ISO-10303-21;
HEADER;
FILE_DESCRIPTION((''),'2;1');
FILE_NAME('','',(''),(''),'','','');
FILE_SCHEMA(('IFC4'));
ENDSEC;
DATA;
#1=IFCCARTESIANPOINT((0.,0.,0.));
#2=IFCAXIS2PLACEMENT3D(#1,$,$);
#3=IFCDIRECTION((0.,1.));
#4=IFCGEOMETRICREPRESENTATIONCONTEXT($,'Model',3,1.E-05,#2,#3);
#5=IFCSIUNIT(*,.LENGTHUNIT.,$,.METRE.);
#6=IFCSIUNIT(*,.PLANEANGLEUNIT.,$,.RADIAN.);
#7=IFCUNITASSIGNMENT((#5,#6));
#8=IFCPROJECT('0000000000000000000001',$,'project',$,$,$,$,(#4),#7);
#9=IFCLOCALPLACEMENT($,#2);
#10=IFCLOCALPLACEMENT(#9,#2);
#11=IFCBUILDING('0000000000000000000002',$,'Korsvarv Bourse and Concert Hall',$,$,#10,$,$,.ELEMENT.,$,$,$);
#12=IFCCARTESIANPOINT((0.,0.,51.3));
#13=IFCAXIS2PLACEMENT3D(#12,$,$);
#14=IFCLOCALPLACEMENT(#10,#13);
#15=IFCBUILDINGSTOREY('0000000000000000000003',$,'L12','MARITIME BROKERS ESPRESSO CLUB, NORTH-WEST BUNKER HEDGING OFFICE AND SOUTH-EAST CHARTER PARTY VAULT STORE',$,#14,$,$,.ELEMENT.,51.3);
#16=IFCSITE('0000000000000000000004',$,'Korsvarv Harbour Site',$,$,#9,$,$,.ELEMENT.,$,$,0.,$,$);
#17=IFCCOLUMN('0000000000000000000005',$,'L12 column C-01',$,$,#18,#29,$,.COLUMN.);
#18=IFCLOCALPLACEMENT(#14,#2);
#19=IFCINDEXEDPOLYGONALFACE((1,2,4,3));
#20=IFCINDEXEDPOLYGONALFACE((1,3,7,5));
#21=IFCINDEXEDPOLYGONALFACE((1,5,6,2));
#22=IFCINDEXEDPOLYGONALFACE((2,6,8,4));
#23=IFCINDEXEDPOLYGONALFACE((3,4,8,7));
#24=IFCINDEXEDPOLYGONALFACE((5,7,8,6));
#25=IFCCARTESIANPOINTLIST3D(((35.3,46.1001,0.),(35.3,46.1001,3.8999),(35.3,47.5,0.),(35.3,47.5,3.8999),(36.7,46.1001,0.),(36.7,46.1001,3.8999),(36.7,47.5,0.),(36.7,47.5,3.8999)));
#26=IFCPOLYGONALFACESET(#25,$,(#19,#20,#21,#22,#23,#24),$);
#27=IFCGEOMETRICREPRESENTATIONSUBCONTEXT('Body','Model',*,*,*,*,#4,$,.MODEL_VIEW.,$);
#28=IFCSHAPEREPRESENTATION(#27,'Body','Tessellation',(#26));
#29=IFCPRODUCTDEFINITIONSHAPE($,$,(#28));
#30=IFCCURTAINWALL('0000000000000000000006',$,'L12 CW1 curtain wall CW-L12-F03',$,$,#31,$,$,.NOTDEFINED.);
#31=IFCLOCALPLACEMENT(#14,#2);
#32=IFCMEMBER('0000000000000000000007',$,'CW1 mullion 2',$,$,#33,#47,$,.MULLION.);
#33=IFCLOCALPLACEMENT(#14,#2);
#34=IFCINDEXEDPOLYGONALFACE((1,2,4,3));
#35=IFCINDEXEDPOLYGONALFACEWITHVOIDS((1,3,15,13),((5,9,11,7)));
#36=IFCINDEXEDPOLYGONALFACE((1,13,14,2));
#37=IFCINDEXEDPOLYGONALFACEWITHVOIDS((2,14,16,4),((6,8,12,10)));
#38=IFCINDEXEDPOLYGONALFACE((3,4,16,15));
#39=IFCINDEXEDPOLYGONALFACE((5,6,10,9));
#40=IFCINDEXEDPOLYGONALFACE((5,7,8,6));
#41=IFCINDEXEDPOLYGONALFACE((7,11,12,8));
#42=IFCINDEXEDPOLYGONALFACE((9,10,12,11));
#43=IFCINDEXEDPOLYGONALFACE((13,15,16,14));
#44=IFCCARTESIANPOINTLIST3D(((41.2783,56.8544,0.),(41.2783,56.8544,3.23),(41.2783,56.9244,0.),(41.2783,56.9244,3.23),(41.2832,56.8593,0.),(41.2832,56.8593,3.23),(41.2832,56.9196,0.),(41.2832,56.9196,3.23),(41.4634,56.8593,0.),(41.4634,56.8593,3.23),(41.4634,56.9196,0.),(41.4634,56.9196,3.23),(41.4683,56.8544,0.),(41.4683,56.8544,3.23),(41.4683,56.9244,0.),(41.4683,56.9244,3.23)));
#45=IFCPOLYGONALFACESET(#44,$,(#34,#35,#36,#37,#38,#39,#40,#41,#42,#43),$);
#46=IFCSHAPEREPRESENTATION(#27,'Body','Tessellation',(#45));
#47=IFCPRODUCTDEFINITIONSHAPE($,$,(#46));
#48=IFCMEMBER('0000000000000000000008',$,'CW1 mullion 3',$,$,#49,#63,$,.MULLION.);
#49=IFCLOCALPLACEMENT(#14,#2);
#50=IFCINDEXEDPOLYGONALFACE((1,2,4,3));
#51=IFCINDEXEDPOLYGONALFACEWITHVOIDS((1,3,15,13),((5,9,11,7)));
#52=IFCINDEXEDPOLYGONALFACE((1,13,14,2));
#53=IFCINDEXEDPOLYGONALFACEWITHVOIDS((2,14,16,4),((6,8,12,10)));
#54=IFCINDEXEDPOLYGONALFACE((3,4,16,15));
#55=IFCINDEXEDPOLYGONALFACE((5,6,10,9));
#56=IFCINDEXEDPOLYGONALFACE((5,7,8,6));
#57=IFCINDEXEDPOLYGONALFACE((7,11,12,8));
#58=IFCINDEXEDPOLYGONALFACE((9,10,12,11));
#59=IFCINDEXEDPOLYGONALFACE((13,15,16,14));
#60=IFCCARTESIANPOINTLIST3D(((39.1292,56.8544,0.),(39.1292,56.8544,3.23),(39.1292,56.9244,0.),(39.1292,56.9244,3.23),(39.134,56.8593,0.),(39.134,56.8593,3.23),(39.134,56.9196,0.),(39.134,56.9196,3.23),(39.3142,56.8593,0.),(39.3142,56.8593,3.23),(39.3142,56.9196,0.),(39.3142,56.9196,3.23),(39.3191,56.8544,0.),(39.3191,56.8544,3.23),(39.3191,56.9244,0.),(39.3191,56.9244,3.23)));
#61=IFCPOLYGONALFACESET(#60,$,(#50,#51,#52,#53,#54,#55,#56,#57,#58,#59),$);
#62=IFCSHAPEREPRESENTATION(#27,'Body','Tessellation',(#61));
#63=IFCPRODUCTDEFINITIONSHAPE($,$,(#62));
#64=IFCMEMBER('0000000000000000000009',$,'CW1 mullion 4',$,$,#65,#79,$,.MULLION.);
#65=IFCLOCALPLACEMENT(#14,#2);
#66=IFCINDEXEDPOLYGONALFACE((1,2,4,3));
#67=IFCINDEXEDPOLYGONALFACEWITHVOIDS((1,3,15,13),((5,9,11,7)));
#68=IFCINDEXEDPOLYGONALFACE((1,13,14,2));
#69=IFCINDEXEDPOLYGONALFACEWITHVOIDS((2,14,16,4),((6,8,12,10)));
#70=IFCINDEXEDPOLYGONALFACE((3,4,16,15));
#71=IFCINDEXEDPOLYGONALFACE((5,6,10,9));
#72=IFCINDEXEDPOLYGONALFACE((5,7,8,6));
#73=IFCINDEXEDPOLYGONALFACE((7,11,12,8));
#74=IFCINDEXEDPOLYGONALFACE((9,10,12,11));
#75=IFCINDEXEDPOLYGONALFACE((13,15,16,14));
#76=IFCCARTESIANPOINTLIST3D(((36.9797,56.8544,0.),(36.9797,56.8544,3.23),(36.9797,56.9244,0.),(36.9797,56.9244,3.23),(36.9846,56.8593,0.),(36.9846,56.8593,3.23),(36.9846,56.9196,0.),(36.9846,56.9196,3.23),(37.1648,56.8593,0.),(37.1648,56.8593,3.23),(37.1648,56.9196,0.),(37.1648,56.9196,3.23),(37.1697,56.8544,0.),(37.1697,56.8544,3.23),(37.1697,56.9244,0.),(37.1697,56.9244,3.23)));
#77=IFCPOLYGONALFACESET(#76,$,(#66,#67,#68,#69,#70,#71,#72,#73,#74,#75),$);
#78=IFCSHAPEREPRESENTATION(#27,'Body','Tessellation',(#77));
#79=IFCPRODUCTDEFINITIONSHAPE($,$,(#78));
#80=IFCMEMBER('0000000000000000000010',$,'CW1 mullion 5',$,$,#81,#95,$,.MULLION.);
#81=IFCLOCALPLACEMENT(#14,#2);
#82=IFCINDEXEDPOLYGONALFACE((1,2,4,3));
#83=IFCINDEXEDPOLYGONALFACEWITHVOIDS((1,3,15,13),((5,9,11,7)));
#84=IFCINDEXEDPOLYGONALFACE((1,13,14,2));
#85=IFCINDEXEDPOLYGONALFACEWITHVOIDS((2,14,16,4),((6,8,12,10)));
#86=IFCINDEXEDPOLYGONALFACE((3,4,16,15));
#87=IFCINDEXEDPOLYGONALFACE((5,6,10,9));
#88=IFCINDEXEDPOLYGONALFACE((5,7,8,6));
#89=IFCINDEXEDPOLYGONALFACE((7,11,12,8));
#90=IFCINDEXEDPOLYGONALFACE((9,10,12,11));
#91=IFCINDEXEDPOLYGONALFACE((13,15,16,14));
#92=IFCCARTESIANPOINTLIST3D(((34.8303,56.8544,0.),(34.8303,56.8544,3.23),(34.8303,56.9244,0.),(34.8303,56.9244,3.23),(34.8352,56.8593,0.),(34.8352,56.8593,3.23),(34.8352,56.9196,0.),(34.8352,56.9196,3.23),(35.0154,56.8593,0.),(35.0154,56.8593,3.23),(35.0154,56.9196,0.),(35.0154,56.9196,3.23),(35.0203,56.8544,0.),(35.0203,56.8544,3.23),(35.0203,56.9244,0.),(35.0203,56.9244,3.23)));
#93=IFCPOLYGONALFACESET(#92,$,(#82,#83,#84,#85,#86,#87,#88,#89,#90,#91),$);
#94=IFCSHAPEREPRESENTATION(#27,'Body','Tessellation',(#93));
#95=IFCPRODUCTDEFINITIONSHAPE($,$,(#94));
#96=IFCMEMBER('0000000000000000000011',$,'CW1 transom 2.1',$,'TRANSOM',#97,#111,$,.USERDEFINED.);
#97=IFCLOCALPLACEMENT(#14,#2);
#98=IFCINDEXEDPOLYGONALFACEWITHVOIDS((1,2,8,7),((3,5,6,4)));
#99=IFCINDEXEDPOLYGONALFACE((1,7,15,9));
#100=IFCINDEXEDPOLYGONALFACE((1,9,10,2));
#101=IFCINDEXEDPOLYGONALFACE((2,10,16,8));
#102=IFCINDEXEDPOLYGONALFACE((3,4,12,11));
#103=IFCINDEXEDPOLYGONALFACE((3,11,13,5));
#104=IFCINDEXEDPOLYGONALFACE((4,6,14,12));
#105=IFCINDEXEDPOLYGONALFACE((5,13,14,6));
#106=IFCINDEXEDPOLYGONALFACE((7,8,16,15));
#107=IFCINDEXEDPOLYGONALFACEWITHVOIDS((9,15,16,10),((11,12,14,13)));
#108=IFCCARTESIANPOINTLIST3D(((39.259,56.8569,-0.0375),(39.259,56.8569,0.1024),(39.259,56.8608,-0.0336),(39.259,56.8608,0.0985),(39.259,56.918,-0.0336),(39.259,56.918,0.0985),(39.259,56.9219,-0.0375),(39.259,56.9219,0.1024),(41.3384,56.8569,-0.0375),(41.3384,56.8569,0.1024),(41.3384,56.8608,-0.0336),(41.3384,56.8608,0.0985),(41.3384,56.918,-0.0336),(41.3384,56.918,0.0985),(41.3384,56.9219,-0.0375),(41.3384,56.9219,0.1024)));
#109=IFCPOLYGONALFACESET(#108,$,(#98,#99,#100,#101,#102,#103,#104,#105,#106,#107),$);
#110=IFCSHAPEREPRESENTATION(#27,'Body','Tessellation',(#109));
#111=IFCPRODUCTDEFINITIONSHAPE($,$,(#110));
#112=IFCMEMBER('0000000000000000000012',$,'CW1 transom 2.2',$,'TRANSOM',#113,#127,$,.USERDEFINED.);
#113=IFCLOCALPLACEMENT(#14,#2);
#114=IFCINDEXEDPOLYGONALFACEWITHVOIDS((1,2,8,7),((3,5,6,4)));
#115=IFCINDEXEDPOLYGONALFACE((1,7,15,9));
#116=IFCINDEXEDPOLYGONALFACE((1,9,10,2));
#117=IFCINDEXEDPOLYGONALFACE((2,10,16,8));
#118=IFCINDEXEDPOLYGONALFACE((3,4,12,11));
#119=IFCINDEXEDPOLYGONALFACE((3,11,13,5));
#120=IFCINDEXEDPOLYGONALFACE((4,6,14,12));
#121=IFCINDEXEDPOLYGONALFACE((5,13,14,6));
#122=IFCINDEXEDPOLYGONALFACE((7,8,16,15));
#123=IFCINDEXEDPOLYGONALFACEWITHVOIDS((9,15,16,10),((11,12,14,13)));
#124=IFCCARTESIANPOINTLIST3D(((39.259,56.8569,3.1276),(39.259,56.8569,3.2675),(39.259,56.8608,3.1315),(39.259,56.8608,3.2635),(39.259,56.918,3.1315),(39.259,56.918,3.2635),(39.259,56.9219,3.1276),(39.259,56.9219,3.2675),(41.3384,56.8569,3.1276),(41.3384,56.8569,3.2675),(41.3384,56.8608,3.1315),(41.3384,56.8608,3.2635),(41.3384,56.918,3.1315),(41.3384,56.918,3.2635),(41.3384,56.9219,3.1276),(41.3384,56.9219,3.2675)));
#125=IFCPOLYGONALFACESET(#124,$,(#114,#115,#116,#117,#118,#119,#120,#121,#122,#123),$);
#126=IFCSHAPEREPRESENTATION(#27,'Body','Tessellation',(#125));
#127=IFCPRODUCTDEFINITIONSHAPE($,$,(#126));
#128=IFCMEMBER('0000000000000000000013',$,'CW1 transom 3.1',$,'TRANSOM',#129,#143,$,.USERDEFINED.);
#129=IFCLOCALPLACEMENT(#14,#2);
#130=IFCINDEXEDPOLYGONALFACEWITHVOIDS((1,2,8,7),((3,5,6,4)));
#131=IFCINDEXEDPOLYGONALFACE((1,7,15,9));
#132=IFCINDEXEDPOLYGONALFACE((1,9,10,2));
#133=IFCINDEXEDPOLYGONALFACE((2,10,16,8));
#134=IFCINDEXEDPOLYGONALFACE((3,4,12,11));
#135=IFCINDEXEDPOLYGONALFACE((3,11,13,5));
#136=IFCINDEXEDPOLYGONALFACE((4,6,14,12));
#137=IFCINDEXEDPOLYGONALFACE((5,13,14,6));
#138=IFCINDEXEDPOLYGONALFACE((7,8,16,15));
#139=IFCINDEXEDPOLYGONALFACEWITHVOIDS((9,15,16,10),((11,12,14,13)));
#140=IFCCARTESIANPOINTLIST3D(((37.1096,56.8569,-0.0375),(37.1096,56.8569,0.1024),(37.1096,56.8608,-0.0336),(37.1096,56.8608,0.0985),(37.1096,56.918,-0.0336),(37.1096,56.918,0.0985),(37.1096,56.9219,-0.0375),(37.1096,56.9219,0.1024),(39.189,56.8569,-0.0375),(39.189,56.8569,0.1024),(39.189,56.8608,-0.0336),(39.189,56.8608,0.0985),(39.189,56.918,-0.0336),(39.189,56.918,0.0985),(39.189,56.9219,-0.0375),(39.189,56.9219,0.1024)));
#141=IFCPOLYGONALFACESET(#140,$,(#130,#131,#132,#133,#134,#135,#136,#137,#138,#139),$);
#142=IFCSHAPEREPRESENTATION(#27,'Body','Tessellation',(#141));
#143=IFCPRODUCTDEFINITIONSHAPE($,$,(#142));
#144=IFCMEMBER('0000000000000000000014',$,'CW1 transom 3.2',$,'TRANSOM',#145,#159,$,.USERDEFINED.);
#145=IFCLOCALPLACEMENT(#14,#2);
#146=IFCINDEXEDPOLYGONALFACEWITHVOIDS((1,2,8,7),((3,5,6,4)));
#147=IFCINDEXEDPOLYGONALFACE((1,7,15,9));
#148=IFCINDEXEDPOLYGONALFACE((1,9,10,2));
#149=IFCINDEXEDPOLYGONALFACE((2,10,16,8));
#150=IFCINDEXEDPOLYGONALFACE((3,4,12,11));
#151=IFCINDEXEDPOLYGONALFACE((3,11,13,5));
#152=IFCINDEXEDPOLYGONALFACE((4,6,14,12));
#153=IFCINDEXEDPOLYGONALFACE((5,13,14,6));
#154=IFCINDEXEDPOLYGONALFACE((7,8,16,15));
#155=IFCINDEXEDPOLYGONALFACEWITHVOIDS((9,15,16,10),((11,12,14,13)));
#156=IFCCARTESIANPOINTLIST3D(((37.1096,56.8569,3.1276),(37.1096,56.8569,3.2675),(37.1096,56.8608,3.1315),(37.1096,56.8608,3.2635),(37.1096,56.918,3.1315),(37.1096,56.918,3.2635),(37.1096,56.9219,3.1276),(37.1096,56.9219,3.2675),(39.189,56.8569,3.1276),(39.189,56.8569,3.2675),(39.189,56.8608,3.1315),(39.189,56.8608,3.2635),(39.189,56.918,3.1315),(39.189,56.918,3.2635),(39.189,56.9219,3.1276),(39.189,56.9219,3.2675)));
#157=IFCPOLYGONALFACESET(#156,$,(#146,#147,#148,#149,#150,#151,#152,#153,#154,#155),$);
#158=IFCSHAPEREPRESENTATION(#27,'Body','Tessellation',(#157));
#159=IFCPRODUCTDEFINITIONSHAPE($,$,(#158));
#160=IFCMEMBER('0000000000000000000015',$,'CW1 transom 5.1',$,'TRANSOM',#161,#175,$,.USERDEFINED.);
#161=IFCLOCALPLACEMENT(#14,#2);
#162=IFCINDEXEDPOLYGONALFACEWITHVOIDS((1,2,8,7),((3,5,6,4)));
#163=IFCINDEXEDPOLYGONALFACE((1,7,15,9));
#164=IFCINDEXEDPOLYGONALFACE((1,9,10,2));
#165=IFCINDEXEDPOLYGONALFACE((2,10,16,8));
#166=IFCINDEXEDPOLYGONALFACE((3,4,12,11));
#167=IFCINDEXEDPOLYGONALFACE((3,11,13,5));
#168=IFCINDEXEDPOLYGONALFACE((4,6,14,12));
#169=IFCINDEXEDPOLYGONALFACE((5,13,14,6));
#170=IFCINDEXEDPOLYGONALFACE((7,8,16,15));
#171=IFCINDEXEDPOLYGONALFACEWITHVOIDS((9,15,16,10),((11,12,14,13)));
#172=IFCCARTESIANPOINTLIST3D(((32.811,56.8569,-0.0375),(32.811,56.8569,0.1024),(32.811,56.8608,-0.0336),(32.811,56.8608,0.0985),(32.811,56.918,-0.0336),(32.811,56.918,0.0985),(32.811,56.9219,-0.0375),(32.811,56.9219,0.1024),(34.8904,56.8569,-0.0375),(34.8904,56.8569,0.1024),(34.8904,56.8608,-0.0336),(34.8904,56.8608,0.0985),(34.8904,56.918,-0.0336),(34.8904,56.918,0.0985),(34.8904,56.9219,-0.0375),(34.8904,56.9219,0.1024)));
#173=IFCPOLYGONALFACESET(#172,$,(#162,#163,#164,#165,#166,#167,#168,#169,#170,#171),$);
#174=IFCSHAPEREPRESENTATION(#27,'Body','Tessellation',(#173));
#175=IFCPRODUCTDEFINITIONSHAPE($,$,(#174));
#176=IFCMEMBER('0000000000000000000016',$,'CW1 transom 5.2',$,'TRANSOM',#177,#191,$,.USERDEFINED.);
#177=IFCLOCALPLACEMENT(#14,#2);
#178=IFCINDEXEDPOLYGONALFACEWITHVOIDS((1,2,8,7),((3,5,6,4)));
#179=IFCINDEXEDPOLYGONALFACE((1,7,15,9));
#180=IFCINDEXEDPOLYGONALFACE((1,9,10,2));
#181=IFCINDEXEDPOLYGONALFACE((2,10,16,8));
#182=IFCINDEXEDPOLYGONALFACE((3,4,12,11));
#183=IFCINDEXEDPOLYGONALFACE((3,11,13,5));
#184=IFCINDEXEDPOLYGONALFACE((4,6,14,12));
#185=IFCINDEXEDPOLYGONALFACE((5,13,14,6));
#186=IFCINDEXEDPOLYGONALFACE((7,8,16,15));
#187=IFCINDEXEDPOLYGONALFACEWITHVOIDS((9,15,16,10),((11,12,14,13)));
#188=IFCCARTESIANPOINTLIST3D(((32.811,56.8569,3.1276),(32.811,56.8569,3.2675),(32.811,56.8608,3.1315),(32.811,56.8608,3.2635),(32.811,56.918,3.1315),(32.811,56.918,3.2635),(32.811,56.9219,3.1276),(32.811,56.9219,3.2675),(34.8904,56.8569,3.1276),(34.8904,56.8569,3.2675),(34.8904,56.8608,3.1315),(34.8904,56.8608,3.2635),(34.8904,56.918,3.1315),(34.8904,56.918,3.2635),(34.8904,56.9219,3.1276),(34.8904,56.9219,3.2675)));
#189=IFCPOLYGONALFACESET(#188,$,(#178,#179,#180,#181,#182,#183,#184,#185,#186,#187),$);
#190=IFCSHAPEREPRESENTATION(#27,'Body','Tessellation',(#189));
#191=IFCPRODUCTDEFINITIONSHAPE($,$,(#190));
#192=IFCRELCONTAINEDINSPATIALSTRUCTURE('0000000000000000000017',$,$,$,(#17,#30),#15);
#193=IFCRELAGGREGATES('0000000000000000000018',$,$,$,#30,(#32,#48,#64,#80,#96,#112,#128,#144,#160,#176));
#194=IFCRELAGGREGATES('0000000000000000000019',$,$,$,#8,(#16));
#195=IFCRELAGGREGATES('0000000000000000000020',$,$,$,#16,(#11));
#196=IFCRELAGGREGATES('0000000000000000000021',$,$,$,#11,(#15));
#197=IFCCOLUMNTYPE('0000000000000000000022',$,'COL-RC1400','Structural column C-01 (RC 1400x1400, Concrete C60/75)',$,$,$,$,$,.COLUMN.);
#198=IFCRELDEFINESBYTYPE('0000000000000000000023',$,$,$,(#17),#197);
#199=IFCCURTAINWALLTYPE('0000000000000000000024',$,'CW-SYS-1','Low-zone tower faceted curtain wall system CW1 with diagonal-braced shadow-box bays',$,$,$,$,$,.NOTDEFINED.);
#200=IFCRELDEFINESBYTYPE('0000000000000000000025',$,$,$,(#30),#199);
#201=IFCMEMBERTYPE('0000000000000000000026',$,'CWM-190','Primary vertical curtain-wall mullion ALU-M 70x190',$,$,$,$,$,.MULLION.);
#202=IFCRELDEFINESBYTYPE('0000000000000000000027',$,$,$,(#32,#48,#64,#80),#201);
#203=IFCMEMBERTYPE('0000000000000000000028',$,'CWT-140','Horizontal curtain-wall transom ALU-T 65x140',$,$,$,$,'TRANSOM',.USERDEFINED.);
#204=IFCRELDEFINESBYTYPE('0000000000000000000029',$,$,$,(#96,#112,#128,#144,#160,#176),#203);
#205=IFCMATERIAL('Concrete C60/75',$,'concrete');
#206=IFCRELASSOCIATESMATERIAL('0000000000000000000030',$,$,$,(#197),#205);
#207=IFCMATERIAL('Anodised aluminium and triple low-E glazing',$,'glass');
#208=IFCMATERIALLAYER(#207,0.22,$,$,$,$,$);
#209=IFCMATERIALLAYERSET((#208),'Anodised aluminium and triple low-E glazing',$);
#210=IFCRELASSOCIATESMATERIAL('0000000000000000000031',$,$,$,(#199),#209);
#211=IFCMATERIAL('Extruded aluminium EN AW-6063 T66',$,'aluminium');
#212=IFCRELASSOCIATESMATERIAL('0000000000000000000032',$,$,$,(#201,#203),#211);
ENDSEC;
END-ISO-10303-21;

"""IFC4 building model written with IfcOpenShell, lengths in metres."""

from ifc_helpers import new_model, si_unit, direction, frame, origin, origin_2d, place, context, subcontext, project, spatial, rectangle, hollow_rectangle, extrude, source, transform, mapped, material, layer, layer_set, material_profile, profile_set, type_object, element, aggregate, save


model = new_model("IFC4")

# Units and contexts
model_context = context("Model", 3, precision=1e-05, world=origin(), true_north=direction((0.0, 1.0)))
body_context = subcontext(model_context, "Body", "Model", "MODEL_VIEW")
ifc_project = project(units=[si_unit("LENGTHUNIT", "METRE"), si_unit("PLANEANGLEUNIT", "RADIAN")], contexts=[model_context])

# Site, building, storey
site_placement = place(None, origin())
site = spatial("IfcSite", under=ifc_project, at=site_placement, Name="Korsvarv Harbour Site", CompositionType="ELEMENT", RefElevation=0.0)
building_placement = place(site_placement, origin())
building = spatial("IfcBuilding", under=site, at=building_placement, Name="Korsvarv Bourse and Concert Hall", CompositionType="ELEMENT")
storey_placement = place(building_placement, frame((0.0, 0.0, 51.3)))
storey = spatial("IfcBuildingStorey", under=building, at=storey_placement, Name="L12", Description="MARITIME BROKERS ESPRESSO CLUB, NORTH-WEST BUNKER HEDGING OFFICE AND SOUTH-EAST CHARTER PARTY VAULT STORE", CompositionType="ELEMENT", Elevation=51.3)

# Column
ifc_material_1 = material(Name="Concrete C60/75", Category="concrete")
ifc_material_profile_1 = material_profile(ifc_material_1, rectangle(XDim=1.3999, YDim=1.3999, at=origin_2d()), Name="RC 1400x1400")
ifc_profile_set_1 = profile_set([ifc_material_profile_1], Name="Concrete C60/75")
column_type = type_object("IfcColumnType", Name="COL-RC1400", Description="Structural column C-01 (RC 1400x1400, Concrete C60/75)", PredefinedType="COLUMN", material=ifc_profile_set_1)
shared_shape_1 = source(origin(), body_context, "Body", "SweptSolid", [
    extrude(rectangle(XDim=1.3999, YDim=1.3999, at=origin_2d()), origin(), (0.0, 0.0, 1.0), 3.8999),
])
column_placement = place(storey_placement, frame((36.0, 46.8, 0.0), z_axis=(0.0, 0.0, 1.0), x_axis=(1.0, 0.0, 0.0)))
element("IfcColumn", 1, at=column_placement, inside=storey, type_object=column_type, Name="L12 column C-01", PredefinedType="COLUMN", context=body_context, shape_type="MappedRepresentation", body=[
    mapped(shared_shape_1, transform((0.0, 0.0, 0.0), scale=1.0)),
])

# Curtain wall, members
ifc_material_2 = material(Name="Anodised aluminium and triple low-E glazing", Category="glass")
ifc_layer_1 = layer(ifc_material_2, 0.22)
ifc_layer_set_1 = layer_set([ifc_layer_1], Name="Anodised aluminium and triple low-E glazing")
curtain_wall_type = type_object("IfcCurtainWallType", Name="CW-SYS-1", Description="Low-zone tower faceted curtain wall system CW1 with diagonal-braced shadow-box bays", PredefinedType="NOTDEFINED", material=ifc_layer_set_1)
curtain_wall_placement = place(storey_placement, origin())
curtain_wall = element("IfcCurtainWall", 2, at=curtain_wall_placement, inside=storey, type_object=curtain_wall_type, Name="L12 CW1 curtain wall CW-L12-F03", PredefinedType="NOTDEFINED")
ifc_material_3 = material(Name="Extruded aluminium EN AW-6063 T66", Category="aluminium")
ifc_material_profile_2 = material_profile(ifc_material_3, hollow_rectangle(XDim=0.0701, YDim=0.1899, WallThickness=0.0049, at=origin_2d()), Name="ALU-M 70x190")
ifc_profile_set_2 = profile_set([ifc_material_profile_2], Name="Extruded aluminium EN AW-6063 T66")
member_type_1 = type_object("IfcMemberType", Name="CWM-190", Description="Primary vertical curtain-wall mullion ALU-M 70x190", PredefinedType="MULLION", material=ifc_profile_set_2)
shared_shape_2 = source(origin(), body_context, "Body", "SweptSolid", [
    extrude(hollow_rectangle(XDim=0.0701, YDim=0.1899, WallThickness=0.0049, at=origin_2d()), origin(), (0.0, 0.0, 1.0), 3.23),
])
member_1_placement = place(storey_placement, frame((41.3733, 56.8894, 0.0), z_axis=(0.0, 0.0, 1.0), x_axis=(0.0, -1.0, 0.0)))
member_1 = element("IfcMember", 3, at=member_1_placement, type_object=member_type_1, Name="CW1 mullion 2", PredefinedType="MULLION", context=body_context, shape_type="MappedRepresentation", body=[
    mapped(shared_shape_2, transform((0.0, 0.0, 0.0), scale=1.0)),
])
member_2_placement = place(storey_placement, frame((39.2241, 56.8894, 0.0), z_axis=(0.0, 0.0, 1.0), x_axis=(0.0, -1.0, 0.0)))
member_2 = element("IfcMember", 4, at=member_2_placement, type_object=member_type_1, Name="CW1 mullion 3", PredefinedType="MULLION", context=body_context, shape_type="MappedRepresentation", body=[
    mapped(shared_shape_2, transform((0.0, 0.0, 0.0), scale=1.0)),
])
member_3_placement = place(storey_placement, frame((37.0747, 56.8894, 0.0), z_axis=(0.0, 0.0, 1.0), x_axis=(0.0, -1.0, 0.0)))
member_3 = element("IfcMember", 5, at=member_3_placement, type_object=member_type_1, Name="CW1 mullion 4", PredefinedType="MULLION", context=body_context, shape_type="MappedRepresentation", body=[
    mapped(shared_shape_2, transform((0.0, 0.0, 0.0), scale=1.0)),
])
member_4_placement = place(storey_placement, frame((34.9253, 56.8894, 0.0), z_axis=(0.0, 0.0, 1.0), x_axis=(0.0, -1.0, 0.0)))
member_4 = element("IfcMember", 6, at=member_4_placement, type_object=member_type_1, Name="CW1 mullion 5", PredefinedType="MULLION", context=body_context, shape_type="MappedRepresentation", body=[
    mapped(shared_shape_2, transform((0.0, 0.0, 0.0), scale=1.0)),
])
ifc_material_profile_3 = material_profile(ifc_material_3, hollow_rectangle(XDim=0.0649, YDim=0.1399, WallThickness=0.0039, at=origin_2d()), Name="ALU-T 65x140")
ifc_profile_set_3 = profile_set([ifc_material_profile_3], Name="Extruded aluminium EN AW-6063 T66")
member_type_2 = type_object("IfcMemberType", Name="CWT-140", Description="Horizontal curtain-wall transom ALU-T 65x140", ElementType="TRANSOM", PredefinedType="USERDEFINED", material=ifc_profile_set_3)
shared_shape_3 = source(origin(), body_context, "Body", "SweptSolid", [
    extrude(hollow_rectangle(XDim=0.0649, YDim=0.1399, WallThickness=0.0039, at=origin_2d()), origin(), (0.0, 0.0, 1.0), 2.0793),
])
member_5_placement = place(storey_placement, frame((41.3384, 56.8894, 0.0325), z_axis=(-1.0, 0.0, 0.0), x_axis=(0.0, -1.0, 0.0)))
member_5 = element("IfcMember", 7, at=member_5_placement, type_object=member_type_2, Name="CW1 transom 2.1", ObjectType="TRANSOM", PredefinedType="USERDEFINED", context=body_context, shape_type="MappedRepresentation", body=[
    mapped(shared_shape_3, transform((0.0, 0.0, 0.0), scale=1.0)),
])
member_6_placement = place(storey_placement, frame((41.3384, 56.8894, 3.1975), z_axis=(-1.0, 0.0, 0.0), x_axis=(0.0, -1.0, 0.0)))
member_6 = element("IfcMember", 8, at=member_6_placement, type_object=member_type_2, Name="CW1 transom 2.2", ObjectType="TRANSOM", PredefinedType="USERDEFINED", context=body_context, shape_type="MappedRepresentation", body=[
    mapped(shared_shape_3, transform((0.0, 0.0, 0.0), scale=1.0)),
])
member_7_placement = place(storey_placement, frame((39.189, 56.8894, 0.0325), z_axis=(-1.0, 0.0, 0.0), x_axis=(0.0, -1.0, 0.0)))
member_7 = element("IfcMember", 9, at=member_7_placement, type_object=member_type_2, Name="CW1 transom 3.1", ObjectType="TRANSOM", PredefinedType="USERDEFINED", context=body_context, shape_type="MappedRepresentation", body=[
    mapped(shared_shape_3, transform((0.0, 0.0, 0.0), scale=1.0)),
])
member_8_placement = place(storey_placement, frame((39.189, 56.8894, 3.1975), z_axis=(-1.0, 0.0, 0.0), x_axis=(0.0, -1.0, 0.0)))
member_8 = element("IfcMember", 10, at=member_8_placement, type_object=member_type_2, Name="CW1 transom 3.2", ObjectType="TRANSOM", PredefinedType="USERDEFINED", context=body_context, shape_type="MappedRepresentation", body=[
    mapped(shared_shape_3, transform((0.0, 0.0, 0.0), scale=1.0)),
])
member_9_placement = place(storey_placement, frame((34.8904, 56.8894, 0.0325), z_axis=(-1.0, 0.0, 0.0), x_axis=(0.0, -1.0, 0.0)))
member_9 = element("IfcMember", 11, at=member_9_placement, type_object=member_type_2, Name="CW1 transom 5.1", ObjectType="TRANSOM", PredefinedType="USERDEFINED", context=body_context, shape_type="MappedRepresentation", body=[
    mapped(shared_shape_3, transform((0.0, 0.0, 0.0), scale=1.0)),
])
member_10_placement = place(storey_placement, frame((34.8904, 56.8894, 3.1975), z_axis=(-1.0, 0.0, 0.0), x_axis=(0.0, -1.0, 0.0)))
member_10 = element("IfcMember", 12, at=member_10_placement, type_object=member_type_2, Name="CW1 transom 5.2", ObjectType="TRANSOM", PredefinedType="USERDEFINED", context=body_context, shape_type="MappedRepresentation", body=[
    mapped(shared_shape_3, transform((0.0, 0.0, 0.0), scale=1.0)),
])
aggregate(curtain_wall, [member_1, member_2, member_3, member_4, member_5, member_6, member_7, member_8, member_9, member_10])

save(model, "model.ifc")
